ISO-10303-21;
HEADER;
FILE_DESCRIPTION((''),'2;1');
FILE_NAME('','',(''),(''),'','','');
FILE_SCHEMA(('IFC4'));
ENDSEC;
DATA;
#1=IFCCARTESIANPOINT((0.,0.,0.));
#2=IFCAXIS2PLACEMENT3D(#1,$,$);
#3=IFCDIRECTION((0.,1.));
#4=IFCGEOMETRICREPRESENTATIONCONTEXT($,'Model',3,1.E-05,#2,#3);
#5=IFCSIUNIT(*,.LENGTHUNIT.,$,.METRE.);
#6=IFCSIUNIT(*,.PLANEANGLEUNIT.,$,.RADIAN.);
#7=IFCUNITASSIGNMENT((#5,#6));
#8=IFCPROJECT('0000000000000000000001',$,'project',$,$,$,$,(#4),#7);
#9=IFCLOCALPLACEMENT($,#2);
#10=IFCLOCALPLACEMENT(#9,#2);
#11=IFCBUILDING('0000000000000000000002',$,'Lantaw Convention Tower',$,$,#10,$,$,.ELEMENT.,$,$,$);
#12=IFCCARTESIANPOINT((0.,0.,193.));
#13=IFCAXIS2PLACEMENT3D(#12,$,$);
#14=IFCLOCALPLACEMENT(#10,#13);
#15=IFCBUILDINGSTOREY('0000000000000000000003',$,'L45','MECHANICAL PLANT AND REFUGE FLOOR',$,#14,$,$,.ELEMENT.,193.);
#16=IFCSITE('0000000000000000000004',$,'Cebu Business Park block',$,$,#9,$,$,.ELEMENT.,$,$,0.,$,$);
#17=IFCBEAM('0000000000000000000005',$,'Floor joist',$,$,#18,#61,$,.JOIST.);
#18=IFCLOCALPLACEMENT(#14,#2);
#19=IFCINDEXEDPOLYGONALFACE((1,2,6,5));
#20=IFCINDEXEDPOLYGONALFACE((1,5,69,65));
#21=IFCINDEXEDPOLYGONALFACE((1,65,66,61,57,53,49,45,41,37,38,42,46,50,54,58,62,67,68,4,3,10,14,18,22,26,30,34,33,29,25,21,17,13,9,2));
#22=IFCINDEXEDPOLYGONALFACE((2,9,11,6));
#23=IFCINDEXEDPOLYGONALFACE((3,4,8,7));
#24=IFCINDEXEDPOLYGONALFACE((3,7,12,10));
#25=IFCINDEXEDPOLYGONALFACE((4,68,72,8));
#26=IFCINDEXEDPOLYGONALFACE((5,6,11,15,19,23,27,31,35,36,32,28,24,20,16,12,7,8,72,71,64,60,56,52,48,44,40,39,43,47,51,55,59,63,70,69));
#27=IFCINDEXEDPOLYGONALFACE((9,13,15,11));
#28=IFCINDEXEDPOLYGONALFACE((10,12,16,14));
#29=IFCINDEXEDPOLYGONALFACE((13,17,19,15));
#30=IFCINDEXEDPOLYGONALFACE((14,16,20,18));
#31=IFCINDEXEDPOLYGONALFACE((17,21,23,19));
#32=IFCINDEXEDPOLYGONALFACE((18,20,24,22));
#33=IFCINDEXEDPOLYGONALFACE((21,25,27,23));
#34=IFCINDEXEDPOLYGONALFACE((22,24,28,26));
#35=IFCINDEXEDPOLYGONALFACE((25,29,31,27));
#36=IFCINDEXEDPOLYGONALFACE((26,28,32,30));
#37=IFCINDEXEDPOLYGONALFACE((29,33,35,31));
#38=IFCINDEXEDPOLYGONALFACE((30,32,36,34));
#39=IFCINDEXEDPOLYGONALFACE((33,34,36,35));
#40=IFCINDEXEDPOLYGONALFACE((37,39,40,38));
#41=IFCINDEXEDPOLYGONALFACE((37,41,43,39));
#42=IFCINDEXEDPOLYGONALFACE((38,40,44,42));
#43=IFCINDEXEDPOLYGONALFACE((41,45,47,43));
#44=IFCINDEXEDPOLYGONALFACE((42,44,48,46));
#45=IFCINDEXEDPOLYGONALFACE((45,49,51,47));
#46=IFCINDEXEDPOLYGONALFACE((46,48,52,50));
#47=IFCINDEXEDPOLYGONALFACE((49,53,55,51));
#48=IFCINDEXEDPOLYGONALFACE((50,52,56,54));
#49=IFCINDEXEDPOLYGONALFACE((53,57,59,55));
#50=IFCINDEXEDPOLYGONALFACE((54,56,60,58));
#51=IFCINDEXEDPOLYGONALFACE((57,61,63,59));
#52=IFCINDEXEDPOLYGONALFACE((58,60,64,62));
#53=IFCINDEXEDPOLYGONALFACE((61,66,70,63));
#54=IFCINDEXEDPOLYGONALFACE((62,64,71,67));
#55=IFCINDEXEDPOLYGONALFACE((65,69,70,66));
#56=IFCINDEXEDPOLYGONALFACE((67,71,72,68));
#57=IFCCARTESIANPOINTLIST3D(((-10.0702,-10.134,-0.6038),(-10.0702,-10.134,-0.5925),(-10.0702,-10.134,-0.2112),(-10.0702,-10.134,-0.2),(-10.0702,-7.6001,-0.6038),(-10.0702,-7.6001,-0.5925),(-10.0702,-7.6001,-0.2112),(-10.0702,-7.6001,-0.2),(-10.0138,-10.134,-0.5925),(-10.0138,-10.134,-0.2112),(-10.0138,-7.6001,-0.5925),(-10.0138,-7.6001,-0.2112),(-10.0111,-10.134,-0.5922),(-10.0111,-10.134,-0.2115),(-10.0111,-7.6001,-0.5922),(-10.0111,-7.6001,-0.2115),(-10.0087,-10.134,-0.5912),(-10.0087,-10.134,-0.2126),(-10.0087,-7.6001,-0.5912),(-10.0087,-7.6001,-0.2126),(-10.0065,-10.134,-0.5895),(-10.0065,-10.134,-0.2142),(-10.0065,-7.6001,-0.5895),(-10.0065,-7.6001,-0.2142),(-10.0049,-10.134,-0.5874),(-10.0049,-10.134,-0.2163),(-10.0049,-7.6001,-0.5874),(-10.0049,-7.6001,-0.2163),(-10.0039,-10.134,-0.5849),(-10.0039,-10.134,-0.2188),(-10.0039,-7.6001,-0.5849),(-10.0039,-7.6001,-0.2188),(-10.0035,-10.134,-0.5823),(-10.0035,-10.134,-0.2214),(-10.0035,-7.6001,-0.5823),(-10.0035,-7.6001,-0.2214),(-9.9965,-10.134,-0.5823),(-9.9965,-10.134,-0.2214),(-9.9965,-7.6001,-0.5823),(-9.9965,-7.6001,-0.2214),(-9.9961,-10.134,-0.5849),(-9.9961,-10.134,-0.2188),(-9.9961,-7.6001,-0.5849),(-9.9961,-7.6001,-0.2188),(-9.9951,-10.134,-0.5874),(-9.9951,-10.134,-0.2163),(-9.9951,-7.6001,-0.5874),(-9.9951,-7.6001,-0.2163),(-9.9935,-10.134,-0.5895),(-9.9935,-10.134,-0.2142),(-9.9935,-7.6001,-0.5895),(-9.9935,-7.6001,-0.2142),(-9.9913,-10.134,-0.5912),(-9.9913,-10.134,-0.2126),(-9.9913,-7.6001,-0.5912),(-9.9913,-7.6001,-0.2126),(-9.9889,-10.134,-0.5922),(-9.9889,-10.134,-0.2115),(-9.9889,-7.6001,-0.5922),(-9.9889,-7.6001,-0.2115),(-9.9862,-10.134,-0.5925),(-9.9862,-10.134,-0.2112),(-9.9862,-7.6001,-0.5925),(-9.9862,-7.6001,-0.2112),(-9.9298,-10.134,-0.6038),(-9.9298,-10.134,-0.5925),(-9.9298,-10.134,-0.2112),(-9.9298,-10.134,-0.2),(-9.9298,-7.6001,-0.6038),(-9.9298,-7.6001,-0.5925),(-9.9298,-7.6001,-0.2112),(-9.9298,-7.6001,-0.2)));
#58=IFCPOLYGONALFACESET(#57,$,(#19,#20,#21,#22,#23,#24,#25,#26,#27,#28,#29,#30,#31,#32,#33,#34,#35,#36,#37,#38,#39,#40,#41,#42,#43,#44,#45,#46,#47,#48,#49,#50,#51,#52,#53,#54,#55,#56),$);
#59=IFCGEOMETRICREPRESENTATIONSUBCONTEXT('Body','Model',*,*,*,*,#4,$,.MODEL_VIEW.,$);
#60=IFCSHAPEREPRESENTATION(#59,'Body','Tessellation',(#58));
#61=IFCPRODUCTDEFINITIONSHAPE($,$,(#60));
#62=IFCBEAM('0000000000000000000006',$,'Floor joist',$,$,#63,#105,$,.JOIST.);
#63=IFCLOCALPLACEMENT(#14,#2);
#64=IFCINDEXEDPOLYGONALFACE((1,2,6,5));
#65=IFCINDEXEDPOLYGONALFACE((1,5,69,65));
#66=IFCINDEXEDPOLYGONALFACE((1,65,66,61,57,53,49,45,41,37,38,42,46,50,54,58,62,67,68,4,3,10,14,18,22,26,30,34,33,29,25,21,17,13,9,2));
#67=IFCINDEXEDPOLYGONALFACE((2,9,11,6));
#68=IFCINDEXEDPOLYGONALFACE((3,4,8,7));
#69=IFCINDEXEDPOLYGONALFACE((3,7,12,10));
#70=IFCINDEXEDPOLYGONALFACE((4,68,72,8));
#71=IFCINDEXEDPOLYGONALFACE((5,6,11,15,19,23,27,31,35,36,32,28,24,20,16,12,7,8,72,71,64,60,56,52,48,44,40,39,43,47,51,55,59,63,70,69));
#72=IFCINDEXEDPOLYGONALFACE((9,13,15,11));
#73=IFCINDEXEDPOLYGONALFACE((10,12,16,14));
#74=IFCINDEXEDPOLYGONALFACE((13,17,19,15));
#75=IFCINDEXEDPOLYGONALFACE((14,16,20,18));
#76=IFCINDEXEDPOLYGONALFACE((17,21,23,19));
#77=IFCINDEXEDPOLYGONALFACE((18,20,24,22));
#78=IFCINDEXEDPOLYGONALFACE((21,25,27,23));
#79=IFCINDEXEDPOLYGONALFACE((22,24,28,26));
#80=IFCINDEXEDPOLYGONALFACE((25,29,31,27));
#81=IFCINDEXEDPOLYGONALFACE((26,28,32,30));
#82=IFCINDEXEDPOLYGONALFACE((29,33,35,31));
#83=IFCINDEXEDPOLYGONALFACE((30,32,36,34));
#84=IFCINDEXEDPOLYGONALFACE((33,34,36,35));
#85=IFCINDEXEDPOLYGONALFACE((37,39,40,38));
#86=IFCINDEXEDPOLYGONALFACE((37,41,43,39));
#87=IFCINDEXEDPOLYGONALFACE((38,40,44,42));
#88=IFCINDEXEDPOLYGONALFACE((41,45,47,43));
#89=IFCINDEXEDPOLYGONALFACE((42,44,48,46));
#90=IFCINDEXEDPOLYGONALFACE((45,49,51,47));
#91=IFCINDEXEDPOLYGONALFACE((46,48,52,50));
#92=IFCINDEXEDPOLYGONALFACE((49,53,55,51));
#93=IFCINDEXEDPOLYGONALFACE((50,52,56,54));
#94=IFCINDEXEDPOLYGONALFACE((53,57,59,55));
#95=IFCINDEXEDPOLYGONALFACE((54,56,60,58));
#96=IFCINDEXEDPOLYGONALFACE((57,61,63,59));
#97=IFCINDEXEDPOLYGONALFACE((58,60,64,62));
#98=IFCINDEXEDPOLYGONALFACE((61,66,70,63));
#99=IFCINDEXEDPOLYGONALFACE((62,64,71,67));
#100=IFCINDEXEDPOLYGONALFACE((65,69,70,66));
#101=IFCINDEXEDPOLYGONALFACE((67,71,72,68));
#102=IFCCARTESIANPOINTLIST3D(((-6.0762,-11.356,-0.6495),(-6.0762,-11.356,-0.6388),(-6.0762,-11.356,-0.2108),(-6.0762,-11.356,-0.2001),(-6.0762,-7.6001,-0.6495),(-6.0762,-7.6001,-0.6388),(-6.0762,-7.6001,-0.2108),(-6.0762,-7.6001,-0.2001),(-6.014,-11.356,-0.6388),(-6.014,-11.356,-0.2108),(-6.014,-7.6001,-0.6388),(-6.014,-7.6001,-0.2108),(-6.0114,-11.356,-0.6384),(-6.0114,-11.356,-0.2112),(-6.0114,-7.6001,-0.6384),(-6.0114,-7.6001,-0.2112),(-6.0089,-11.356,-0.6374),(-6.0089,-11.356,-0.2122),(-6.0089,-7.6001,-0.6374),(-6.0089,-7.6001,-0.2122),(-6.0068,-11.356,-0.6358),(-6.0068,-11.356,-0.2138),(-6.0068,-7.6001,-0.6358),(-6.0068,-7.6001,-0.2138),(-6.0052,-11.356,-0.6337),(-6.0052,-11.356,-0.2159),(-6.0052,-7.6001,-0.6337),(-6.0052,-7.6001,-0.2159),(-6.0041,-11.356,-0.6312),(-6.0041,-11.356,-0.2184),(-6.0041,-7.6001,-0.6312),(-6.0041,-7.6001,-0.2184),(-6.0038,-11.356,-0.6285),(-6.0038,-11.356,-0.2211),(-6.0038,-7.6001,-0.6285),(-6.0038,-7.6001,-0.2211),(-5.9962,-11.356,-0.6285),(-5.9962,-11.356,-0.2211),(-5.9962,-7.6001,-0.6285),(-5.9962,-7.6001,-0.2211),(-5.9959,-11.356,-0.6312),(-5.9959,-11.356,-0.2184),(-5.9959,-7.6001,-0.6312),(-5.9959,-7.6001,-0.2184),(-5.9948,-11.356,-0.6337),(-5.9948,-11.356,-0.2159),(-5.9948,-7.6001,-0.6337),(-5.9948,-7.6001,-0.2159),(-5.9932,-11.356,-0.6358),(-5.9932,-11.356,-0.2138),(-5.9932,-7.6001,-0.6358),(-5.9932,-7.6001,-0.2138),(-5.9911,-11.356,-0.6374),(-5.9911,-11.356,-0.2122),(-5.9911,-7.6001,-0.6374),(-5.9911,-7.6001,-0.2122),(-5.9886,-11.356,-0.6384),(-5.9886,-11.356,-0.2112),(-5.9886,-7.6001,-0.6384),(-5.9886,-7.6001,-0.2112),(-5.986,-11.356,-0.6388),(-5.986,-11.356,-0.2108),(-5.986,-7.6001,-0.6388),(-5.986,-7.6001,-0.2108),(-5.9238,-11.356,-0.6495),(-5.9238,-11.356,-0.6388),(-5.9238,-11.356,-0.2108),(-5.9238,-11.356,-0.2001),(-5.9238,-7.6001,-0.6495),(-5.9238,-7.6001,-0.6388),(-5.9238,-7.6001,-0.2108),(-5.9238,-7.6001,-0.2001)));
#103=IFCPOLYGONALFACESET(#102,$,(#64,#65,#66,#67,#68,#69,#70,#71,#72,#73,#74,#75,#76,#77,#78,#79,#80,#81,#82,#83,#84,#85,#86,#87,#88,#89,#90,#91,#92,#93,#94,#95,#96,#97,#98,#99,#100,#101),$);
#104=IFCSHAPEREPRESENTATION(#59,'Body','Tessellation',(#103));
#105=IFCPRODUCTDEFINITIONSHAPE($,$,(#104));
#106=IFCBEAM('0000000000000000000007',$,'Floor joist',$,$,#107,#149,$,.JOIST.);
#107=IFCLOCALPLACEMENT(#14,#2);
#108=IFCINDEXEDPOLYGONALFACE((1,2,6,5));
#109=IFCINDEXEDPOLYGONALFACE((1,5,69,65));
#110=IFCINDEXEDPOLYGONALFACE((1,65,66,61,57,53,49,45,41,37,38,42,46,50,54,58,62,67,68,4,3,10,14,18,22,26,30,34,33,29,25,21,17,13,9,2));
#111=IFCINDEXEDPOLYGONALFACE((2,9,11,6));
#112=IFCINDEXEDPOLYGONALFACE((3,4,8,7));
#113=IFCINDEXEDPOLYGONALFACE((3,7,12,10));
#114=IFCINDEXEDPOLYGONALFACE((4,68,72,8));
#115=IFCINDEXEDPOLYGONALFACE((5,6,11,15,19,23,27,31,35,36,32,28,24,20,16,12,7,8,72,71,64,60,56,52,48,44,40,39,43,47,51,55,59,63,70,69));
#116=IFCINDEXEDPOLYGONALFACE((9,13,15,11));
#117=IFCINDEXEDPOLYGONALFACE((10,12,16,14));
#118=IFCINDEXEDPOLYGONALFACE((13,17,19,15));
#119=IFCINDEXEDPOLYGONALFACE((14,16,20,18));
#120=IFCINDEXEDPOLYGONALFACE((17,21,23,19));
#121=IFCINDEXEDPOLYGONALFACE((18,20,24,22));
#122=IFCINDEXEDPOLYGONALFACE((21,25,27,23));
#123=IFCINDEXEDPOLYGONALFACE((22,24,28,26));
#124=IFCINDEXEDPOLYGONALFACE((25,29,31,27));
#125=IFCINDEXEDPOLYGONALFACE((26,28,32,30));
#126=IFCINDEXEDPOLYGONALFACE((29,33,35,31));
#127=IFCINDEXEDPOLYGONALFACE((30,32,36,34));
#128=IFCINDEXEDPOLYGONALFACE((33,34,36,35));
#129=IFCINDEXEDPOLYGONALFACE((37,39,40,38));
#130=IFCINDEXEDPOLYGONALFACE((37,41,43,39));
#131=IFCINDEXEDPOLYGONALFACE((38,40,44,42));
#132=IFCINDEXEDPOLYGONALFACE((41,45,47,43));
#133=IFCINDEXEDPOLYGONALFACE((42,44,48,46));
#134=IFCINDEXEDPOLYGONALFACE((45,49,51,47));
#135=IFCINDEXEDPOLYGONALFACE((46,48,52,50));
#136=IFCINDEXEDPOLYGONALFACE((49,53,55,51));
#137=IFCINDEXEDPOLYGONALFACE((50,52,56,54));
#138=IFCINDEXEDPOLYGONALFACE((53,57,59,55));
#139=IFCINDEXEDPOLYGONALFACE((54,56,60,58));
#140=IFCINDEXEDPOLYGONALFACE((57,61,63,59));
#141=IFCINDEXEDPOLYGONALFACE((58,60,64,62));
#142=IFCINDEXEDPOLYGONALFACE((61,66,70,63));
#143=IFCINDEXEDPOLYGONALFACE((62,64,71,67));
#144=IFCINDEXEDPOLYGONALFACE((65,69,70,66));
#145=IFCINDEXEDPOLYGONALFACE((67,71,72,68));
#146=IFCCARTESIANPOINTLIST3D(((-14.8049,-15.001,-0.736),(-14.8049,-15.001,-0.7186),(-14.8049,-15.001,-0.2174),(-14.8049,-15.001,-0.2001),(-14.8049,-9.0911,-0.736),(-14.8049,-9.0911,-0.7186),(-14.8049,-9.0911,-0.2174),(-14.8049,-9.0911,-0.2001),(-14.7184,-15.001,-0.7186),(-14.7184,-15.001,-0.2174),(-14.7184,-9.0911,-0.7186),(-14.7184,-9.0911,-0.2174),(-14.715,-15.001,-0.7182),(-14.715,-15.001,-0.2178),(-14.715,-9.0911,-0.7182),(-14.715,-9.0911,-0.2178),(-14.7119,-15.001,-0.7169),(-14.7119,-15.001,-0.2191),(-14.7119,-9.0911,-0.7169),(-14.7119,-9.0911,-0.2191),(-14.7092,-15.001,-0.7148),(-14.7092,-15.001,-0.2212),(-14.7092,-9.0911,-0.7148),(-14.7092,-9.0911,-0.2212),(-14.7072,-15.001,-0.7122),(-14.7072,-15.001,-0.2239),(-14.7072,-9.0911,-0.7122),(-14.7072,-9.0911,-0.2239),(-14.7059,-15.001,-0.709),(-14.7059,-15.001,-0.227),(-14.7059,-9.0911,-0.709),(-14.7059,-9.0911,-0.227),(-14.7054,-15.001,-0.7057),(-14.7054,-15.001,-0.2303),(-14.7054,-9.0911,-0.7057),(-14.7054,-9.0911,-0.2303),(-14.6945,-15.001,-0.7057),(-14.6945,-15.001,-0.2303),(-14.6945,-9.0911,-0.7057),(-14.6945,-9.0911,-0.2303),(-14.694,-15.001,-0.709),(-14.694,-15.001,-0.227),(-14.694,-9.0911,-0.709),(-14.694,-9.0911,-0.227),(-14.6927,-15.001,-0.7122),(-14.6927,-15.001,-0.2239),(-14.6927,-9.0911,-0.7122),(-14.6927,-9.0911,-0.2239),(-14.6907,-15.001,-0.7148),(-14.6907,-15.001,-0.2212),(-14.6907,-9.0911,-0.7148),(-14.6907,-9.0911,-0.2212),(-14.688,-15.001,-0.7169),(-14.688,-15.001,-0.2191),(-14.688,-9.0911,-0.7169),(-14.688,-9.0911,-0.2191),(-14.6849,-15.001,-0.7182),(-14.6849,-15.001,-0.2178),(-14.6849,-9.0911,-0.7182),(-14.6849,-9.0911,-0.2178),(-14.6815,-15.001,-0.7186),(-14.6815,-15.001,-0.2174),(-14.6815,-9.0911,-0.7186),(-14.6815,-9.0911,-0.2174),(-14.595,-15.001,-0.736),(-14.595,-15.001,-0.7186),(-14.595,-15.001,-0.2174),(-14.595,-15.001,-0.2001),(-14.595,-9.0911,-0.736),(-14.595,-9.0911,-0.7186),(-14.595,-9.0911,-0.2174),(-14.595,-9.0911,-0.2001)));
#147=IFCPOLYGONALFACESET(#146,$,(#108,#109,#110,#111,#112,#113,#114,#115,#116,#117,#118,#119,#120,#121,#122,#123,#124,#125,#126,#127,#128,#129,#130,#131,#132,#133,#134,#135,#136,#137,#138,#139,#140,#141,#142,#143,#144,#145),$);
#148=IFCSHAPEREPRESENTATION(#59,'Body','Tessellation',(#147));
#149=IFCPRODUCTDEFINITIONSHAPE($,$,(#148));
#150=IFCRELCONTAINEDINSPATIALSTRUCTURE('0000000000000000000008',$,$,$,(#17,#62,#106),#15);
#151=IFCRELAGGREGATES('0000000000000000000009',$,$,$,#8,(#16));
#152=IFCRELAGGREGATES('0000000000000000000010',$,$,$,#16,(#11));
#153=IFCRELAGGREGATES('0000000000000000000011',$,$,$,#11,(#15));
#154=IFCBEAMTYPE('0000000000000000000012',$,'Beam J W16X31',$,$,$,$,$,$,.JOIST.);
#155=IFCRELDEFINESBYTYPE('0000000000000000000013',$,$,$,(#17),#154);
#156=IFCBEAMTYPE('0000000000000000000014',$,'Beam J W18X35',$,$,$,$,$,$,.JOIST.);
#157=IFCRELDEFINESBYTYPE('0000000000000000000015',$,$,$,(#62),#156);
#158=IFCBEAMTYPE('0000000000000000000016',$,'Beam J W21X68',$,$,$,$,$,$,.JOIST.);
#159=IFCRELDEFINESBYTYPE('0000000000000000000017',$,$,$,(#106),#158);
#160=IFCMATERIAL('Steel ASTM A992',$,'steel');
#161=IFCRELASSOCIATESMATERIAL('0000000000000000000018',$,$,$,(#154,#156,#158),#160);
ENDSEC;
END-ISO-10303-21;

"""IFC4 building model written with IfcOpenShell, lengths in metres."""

from ifc_helpers import new_model, si_unit, direction, frame, origin, origin_2d, place, context, subcontext, project, spatial, i_section, extrude, material, material_profile, profile_set, type_object, element, save


model = new_model("IFC4")

# Units and contexts
model_context = context("Model", 3, precision=1e-05, world=origin(), true_north=direction((0.0, 1.0)))
body_context = subcontext(model_context, "Body", "Model", "MODEL_VIEW")
ifc_project = project(units=[si_unit("LENGTHUNIT", "METRE"), si_unit("PLANEANGLEUNIT", "RADIAN")], contexts=[model_context])

# Site, building, storey
site_placement = place(None, origin())
site = spatial("IfcSite", under=ifc_project, at=site_placement, Name="Cebu Business Park block", CompositionType="ELEMENT", RefElevation=0.0)
building_placement = place(site_placement, origin())
building = spatial("IfcBuilding", under=site, at=building_placement, Name="Lantaw Convention Tower", CompositionType="ELEMENT")
storey_placement = place(building_placement, frame((0.0, 0.0, 193.0)))
storey = spatial("IfcBuildingStorey", under=building, at=storey_placement, Name="L45", Description="MECHANICAL PLANT AND REFUGE FLOOR", CompositionType="ELEMENT", Elevation=193.0)

# Beams
ifc_material_1 = material(Name="Steel ASTM A992", Category="steel")
ifc_material_profile_1 = material_profile(ifc_material_1, i_section(OverallWidth=0.1404, OverallDepth=0.4038, WebThickness=0.0071, FlangeThickness=0.0112, FilletRadius=0.0103, at=origin_2d()), Name="W16X31")
ifc_profile_set_1 = profile_set([ifc_material_profile_1], Name="Steel ASTM A992")
beam_type_1 = type_object("IfcBeamType", Name="Beam J W16X31", PredefinedType="JOIST", material=ifc_profile_set_1)
beam_1_placement = place(storey_placement, frame((-10.0, -10.134, -0.4019), z_axis=(0.0, 1.0, 0.0), x_axis=(-1.0, 0.0, 0.0)))
element("IfcBeam", 1, at=beam_1_placement, inside=storey, type_object=beam_type_1, Name="Floor joist", PredefinedType="JOIST", context=body_context, shape_type="SweptSolid", body=[
    extrude(i_section(OverallWidth=0.1404, OverallDepth=0.4038, WebThickness=0.0071, FlangeThickness=0.0112, FilletRadius=0.0103, at=origin_2d()), origin(), (0.0, 0.0, 1.0), 2.5339),
])
ifc_material_profile_2 = material_profile(ifc_material_1, i_section(OverallWidth=0.1523, OverallDepth=0.4495, WebThickness=0.0076, FlangeThickness=0.0107, FilletRadius=0.0103, at=origin_2d()), Name="W18X35")
ifc_profile_set_2 = profile_set([ifc_material_profile_2], Name="Steel ASTM A992")
beam_type_2 = type_object("IfcBeamType", Name="Beam J W18X35", PredefinedType="JOIST", material=ifc_profile_set_2)
beam_2_placement = place(storey_placement, frame((-6.0, -11.356, -0.4248), z_axis=(0.0, 1.0, 0.0), x_axis=(-1.0, 0.0, 0.0)))
element("IfcBeam", 2, at=beam_2_placement, inside=storey, type_object=beam_type_2, Name="Floor joist", PredefinedType="JOIST", context=body_context, shape_type="SweptSolid", body=[
    extrude(i_section(OverallWidth=0.1523, OverallDepth=0.4495, WebThickness=0.0076, FlangeThickness=0.0107, FilletRadius=0.0103, at=origin_2d()), origin(), (0.0, 0.0, 1.0), 3.7559),
])
ifc_material_profile_3 = material_profile(ifc_material_1, i_section(OverallWidth=0.21, OverallDepth=0.5359, WebThickness=0.011, FlangeThickness=0.0173, FilletRadius=0.0129, at=origin_2d()), Name="W21X68")
ifc_profile_set_3 = profile_set([ifc_material_profile_3], Name="Steel ASTM A992")
beam_type_3 = type_object("IfcBeamType", Name="Beam J W21X68", PredefinedType="JOIST", material=ifc_profile_set_3)
beam_3_placement = place(storey_placement, frame((-14.7, -15.001, -0.468), z_axis=(0.0, 1.0, 0.0), x_axis=(-1.0, 0.0, 0.0)))
element("IfcBeam", 3, at=beam_3_placement, inside=storey, type_object=beam_type_3, Name="Floor joist", PredefinedType="JOIST", context=body_context, shape_type="SweptSolid", body=[
    extrude(i_section(OverallWidth=0.21, OverallDepth=0.5359, WebThickness=0.011, FlangeThickness=0.0173, FilletRadius=0.0129, at=origin_2d()), origin(), (0.0, 0.0, 1.0), 5.9099),
])

save(model, "model.ifc")
